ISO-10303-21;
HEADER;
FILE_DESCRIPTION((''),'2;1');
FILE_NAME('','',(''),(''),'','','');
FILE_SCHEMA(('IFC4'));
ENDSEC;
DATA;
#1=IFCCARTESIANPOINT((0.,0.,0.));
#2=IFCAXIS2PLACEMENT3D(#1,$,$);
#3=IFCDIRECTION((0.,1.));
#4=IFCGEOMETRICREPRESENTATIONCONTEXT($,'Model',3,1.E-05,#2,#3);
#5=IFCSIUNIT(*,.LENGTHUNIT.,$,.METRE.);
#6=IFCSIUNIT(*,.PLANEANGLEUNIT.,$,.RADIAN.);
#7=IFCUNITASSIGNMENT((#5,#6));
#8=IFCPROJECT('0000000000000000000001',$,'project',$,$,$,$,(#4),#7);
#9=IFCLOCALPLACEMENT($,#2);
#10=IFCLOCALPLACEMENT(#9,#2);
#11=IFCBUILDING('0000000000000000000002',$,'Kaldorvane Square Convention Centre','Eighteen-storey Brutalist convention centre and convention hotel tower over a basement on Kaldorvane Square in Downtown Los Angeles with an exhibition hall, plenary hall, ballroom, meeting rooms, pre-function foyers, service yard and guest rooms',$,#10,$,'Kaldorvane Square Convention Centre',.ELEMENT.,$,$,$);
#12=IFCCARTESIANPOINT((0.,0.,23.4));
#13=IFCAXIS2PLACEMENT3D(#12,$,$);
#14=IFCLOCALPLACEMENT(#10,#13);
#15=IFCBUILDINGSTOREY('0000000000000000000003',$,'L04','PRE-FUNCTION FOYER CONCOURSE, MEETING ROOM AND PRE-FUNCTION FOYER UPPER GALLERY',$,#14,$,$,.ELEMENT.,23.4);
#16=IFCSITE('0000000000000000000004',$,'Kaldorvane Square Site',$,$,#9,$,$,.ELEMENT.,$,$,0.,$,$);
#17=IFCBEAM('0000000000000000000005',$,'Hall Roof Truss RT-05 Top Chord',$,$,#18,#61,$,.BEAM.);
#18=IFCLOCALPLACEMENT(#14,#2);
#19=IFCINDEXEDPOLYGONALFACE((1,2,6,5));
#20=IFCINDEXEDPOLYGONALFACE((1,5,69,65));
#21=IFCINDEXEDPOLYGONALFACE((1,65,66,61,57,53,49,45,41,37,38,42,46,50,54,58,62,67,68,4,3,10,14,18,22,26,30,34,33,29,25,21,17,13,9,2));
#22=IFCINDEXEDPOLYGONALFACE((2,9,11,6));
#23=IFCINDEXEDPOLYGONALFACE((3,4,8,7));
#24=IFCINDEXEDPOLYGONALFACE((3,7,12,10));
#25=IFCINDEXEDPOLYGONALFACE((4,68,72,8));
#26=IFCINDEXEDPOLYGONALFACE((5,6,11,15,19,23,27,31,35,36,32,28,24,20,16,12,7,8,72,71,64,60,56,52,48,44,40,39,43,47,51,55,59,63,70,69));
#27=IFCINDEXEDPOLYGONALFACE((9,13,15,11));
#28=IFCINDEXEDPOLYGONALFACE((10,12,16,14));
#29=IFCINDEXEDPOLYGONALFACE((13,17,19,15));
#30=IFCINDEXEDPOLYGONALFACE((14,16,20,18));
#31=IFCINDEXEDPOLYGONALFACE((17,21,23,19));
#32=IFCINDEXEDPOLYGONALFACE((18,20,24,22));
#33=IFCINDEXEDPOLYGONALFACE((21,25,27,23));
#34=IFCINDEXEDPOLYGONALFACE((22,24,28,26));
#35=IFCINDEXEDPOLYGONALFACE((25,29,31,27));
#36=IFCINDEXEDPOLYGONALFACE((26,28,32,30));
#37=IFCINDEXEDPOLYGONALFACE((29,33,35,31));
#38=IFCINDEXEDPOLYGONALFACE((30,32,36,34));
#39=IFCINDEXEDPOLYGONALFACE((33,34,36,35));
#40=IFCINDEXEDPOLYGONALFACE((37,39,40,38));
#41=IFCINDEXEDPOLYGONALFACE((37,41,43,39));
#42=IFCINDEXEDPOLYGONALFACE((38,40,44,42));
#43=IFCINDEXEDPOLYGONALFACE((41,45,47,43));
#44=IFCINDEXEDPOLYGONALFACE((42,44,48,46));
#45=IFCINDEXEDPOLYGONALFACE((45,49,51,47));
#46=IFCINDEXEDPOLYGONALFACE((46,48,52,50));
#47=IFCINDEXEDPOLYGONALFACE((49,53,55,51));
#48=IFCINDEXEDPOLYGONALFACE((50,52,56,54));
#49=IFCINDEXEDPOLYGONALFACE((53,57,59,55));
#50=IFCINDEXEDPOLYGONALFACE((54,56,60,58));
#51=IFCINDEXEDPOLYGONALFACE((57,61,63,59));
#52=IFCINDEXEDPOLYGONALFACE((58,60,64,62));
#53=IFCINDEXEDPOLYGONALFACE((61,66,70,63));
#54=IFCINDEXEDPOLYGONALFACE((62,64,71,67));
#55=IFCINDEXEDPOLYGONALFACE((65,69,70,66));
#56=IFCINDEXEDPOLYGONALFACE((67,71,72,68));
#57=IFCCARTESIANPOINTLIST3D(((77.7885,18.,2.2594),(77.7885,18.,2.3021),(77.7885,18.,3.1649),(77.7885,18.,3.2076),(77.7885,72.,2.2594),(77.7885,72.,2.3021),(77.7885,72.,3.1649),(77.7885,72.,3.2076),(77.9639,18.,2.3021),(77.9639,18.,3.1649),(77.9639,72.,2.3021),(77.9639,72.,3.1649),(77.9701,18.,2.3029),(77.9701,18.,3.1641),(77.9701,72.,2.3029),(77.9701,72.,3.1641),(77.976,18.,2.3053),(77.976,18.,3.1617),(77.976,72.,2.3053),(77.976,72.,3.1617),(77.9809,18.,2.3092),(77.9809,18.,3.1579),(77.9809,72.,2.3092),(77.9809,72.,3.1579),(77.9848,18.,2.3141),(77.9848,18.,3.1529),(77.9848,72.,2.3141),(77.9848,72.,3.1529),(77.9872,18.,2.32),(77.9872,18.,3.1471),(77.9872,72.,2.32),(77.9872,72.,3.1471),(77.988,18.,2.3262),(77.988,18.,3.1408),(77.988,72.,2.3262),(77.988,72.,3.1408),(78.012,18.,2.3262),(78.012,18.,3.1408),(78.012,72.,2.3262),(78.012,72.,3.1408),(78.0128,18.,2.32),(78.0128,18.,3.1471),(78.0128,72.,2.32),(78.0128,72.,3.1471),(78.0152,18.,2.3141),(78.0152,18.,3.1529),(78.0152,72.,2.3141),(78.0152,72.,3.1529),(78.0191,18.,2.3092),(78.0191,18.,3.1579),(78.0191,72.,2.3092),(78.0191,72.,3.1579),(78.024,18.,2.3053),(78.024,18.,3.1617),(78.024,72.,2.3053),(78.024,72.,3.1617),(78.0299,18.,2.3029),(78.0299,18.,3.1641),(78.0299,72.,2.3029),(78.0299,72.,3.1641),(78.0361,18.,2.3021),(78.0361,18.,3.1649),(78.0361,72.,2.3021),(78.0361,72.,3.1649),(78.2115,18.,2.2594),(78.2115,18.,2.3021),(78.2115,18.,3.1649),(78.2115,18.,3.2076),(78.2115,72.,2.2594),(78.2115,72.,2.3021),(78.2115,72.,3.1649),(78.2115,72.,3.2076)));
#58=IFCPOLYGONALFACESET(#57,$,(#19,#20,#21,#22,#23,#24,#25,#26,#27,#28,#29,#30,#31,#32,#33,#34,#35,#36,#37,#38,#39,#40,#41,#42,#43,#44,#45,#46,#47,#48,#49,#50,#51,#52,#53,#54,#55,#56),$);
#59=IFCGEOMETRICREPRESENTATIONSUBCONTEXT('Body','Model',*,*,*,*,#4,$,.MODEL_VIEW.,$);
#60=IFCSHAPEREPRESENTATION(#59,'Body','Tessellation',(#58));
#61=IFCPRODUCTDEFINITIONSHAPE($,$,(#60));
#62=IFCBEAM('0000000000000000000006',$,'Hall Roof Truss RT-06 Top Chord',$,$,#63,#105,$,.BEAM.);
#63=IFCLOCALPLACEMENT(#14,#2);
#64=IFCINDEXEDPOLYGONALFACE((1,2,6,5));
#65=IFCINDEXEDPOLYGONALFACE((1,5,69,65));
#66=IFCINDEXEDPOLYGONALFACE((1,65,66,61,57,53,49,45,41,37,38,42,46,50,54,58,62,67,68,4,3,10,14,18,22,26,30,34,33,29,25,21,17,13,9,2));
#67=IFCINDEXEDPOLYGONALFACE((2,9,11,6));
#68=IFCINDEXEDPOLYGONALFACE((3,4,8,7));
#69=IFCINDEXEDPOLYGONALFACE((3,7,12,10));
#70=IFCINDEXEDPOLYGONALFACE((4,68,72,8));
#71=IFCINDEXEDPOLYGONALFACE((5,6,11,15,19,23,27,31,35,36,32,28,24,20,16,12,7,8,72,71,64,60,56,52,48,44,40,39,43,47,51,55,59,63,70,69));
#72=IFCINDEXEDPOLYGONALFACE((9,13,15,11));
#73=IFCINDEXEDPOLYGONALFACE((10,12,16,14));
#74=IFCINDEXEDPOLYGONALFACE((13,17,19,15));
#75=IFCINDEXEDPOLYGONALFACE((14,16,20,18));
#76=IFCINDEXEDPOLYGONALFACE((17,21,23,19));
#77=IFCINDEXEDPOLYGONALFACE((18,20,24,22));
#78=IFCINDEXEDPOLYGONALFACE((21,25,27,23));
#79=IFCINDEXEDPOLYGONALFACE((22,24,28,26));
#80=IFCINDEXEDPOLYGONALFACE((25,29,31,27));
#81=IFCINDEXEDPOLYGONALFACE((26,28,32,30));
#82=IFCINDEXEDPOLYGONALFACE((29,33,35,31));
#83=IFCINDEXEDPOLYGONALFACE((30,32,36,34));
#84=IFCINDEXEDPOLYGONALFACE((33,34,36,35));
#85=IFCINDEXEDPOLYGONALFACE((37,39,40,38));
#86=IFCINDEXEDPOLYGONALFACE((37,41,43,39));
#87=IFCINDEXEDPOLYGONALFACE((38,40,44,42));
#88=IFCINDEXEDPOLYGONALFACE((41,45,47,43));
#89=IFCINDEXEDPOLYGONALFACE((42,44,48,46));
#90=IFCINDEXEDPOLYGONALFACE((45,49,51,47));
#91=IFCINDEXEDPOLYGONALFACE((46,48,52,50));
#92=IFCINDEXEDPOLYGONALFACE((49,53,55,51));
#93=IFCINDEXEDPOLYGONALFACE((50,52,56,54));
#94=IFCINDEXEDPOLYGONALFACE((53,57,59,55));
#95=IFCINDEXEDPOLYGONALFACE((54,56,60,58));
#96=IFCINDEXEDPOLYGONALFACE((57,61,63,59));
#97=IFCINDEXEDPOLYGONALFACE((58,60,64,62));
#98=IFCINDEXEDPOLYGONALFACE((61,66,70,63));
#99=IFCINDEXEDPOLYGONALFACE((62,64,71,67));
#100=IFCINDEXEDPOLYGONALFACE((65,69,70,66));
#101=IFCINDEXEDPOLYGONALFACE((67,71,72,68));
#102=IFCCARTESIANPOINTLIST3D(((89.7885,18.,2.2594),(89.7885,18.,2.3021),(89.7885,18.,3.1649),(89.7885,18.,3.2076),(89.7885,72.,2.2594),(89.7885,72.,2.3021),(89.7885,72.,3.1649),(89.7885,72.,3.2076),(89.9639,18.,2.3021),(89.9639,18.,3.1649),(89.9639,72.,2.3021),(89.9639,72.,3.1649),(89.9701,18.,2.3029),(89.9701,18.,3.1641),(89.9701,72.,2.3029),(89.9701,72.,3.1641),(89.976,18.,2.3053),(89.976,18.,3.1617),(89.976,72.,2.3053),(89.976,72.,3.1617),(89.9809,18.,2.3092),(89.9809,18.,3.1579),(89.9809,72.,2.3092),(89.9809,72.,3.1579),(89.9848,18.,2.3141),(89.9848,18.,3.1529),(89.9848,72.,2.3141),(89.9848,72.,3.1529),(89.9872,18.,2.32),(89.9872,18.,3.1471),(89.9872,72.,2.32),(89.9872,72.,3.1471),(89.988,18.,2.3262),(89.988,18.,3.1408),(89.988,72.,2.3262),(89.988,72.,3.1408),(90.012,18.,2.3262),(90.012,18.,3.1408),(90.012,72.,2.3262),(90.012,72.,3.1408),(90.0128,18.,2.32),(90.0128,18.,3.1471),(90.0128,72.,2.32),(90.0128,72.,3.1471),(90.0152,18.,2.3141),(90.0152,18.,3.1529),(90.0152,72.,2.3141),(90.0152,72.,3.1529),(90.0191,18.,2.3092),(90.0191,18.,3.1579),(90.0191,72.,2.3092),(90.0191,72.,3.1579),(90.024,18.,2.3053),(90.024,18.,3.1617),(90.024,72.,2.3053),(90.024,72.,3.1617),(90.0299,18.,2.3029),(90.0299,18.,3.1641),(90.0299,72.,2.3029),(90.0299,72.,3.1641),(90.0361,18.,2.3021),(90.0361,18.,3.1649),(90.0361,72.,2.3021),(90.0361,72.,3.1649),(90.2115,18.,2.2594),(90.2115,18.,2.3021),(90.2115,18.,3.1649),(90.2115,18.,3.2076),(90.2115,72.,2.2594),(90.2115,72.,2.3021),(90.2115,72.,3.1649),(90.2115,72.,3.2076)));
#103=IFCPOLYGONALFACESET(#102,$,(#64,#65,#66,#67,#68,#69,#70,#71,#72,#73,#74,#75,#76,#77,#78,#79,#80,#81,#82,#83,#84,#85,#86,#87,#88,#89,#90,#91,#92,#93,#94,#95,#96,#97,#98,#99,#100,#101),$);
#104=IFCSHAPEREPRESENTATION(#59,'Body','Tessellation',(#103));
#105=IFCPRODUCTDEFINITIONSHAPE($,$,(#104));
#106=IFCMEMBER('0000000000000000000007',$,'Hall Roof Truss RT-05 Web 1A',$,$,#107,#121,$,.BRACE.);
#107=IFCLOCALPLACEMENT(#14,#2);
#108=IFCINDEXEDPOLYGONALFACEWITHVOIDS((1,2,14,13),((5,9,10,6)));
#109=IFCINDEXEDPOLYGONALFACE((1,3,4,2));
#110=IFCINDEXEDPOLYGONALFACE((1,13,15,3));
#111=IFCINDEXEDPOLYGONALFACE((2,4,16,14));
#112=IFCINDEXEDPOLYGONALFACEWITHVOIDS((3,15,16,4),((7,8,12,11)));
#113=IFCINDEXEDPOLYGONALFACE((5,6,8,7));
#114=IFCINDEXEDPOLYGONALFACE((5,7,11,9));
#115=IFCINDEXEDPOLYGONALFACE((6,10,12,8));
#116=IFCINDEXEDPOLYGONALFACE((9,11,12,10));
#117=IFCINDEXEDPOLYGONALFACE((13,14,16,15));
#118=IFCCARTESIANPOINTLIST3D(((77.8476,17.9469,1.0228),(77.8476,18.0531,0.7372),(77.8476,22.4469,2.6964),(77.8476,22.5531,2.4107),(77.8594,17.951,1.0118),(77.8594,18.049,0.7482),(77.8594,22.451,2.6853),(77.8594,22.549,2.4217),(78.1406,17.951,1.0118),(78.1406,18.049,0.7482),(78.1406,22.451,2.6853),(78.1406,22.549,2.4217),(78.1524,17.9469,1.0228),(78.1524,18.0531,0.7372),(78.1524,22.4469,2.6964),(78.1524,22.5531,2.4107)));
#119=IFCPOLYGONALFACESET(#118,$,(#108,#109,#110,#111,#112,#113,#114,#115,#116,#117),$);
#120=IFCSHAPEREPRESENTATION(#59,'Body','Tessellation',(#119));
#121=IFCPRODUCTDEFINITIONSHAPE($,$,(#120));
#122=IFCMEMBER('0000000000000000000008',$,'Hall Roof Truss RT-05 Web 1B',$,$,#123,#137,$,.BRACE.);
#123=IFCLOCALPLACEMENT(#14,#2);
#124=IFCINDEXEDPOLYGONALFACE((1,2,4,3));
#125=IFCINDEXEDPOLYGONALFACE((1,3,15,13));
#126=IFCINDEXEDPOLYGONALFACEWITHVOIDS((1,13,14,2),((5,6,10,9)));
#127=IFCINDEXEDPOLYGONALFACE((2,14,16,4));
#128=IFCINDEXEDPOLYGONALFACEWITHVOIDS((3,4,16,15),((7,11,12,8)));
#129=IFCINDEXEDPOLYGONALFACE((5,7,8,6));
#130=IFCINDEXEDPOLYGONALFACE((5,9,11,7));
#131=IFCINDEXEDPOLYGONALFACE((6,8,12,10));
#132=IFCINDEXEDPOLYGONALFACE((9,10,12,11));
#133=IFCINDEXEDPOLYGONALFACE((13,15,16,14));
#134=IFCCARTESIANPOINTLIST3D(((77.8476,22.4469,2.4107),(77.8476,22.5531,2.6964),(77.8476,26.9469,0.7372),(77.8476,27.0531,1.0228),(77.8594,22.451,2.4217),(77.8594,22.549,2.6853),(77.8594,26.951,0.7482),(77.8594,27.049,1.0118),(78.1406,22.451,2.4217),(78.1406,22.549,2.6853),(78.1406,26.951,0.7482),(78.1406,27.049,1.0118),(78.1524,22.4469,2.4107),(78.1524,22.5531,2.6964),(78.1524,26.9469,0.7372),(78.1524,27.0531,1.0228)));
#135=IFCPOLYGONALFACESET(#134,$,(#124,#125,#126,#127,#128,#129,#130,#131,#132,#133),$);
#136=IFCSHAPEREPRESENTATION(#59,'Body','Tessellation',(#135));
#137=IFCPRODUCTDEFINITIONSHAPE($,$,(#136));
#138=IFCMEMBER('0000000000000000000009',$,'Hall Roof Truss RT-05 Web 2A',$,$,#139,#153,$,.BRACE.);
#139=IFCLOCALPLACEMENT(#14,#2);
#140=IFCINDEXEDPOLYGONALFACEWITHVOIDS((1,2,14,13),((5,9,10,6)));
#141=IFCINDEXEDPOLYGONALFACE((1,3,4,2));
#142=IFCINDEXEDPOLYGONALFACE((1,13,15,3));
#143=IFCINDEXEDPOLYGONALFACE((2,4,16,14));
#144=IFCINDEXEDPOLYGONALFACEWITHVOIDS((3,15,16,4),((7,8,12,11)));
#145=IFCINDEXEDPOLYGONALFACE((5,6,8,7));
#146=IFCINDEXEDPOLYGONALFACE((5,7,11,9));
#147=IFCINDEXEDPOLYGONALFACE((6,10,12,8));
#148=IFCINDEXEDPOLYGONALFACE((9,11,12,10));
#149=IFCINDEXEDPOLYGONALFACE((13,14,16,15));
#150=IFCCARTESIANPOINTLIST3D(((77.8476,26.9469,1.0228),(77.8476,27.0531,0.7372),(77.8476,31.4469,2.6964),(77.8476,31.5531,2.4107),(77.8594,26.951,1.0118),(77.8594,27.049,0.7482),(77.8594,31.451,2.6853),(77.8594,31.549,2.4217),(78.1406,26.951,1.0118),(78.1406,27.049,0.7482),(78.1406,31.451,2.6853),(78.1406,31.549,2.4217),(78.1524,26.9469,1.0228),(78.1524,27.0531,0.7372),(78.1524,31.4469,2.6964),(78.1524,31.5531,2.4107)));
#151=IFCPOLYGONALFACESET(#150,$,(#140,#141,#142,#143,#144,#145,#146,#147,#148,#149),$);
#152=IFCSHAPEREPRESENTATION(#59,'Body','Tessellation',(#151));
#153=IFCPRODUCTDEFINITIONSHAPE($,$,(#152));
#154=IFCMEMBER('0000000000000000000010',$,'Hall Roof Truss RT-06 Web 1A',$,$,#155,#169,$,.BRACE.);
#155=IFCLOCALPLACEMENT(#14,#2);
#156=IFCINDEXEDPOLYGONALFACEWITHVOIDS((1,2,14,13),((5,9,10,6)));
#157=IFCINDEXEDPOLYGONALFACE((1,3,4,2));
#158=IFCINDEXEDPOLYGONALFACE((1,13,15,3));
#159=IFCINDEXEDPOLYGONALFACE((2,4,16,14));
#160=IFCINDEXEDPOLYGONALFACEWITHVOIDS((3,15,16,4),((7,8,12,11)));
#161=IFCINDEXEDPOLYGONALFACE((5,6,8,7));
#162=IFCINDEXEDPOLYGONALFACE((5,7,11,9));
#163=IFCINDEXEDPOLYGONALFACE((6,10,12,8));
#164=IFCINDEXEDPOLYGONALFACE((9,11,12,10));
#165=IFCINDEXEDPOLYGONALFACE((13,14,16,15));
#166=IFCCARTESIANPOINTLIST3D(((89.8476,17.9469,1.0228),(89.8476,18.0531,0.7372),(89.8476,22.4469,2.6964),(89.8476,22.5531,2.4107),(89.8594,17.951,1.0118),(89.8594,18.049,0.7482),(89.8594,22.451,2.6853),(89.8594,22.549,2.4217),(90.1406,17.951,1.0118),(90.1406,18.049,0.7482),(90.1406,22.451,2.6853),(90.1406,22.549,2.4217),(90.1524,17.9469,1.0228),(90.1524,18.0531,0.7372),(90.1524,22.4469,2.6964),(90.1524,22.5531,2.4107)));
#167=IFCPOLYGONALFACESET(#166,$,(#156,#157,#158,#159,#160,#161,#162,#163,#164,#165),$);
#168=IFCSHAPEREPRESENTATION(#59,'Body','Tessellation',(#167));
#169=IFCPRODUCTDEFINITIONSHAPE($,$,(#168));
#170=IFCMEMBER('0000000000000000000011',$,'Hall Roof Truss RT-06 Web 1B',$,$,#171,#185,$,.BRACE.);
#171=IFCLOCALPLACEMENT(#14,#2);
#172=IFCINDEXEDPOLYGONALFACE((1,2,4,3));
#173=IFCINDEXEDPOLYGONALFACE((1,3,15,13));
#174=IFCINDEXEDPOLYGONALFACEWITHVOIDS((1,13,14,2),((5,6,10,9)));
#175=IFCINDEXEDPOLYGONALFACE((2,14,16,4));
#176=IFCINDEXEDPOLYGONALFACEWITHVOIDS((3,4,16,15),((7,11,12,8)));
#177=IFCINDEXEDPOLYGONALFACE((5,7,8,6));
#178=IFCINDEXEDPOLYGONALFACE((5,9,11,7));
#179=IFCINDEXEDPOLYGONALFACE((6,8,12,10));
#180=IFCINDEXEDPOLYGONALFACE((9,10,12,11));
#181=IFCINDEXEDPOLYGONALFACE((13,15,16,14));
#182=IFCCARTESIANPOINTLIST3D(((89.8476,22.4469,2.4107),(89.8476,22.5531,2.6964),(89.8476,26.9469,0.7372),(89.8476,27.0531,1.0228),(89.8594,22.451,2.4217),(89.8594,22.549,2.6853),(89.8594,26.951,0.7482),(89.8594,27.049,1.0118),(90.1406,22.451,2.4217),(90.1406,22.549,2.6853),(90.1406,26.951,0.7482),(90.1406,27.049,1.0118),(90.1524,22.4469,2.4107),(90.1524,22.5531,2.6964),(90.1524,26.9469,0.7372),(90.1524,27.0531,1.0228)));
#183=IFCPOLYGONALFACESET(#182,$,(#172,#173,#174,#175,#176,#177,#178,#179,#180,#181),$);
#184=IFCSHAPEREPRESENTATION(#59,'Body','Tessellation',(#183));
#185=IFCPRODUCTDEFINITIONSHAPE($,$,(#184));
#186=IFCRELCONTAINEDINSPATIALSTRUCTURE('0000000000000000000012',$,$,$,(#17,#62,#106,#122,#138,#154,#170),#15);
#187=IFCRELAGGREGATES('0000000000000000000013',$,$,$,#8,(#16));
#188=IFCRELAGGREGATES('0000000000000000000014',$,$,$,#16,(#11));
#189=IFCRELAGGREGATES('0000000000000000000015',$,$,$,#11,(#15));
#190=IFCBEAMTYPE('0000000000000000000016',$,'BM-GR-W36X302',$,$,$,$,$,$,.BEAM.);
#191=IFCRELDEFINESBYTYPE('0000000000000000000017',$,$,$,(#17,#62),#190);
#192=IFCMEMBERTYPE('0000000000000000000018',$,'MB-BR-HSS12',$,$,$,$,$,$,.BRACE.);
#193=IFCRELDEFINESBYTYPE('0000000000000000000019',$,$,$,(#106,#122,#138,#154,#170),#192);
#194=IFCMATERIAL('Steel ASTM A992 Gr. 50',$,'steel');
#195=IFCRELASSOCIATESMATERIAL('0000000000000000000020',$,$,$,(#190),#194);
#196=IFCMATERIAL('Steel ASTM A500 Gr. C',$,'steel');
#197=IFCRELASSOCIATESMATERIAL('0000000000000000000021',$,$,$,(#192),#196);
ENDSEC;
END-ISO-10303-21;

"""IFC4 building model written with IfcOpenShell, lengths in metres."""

from ifc_helpers import new_model, si_unit, direction, frame, origin, origin_2d, place, context, subcontext, project, spatial, hollow_rectangle, i_section, extrude, material, material_profile, profile_set, type_object, element, save


model = new_model("IFC4")

# Units and contexts
model_context = context("Model", 3, precision=1e-05, world=origin(), true_north=direction((0.0, 1.0)))
body_context = subcontext(model_context, "Body", "Model", "MODEL_VIEW")
ifc_project = project(units=[si_unit("LENGTHUNIT", "METRE"), si_unit("PLANEANGLEUNIT", "RADIAN")], contexts=[model_context])

# Site, building, storey
site_placement = place(None, origin())
site = spatial("IfcSite", under=ifc_project, at=site_placement, Name="Kaldorvane Square Site", CompositionType="ELEMENT", RefElevation=0.0)
building_placement = place(site_placement, origin())
building = spatial("IfcBuilding", under=site, at=building_placement, Name="Kaldorvane Square Convention Centre", Description="Eighteen-storey Brutalist convention centre and convention hotel tower over a basement on Kaldorvane Square in Downtown Los Angeles with an exhibition hall, plenary hall, ballroom, meeting rooms, pre-function foyers, service yard and guest rooms", LongName="Kaldorvane Square Convention Centre", CompositionType="ELEMENT")
storey_placement = place(building_placement, frame((0.0, 0.0, 23.4)))
storey = spatial("IfcBuildingStorey", under=building, at=storey_placement, Name="L04", Description="PRE-FUNCTION FOYER CONCOURSE, MEETING ROOM AND PRE-FUNCTION FOYER UPPER GALLERY", CompositionType="ELEMENT", Elevation=23.4)

# Beams
ifc_material_1 = material(Name="Steel ASTM A992 Gr. 50", Category="steel")
ifc_material_profile_1 = material_profile(ifc_material_1, i_section(OverallWidth=0.423, OverallDepth=0.9482, WebThickness=0.024, FlangeThickness=0.0427, FilletRadius=0.0241, at=origin_2d()), Name="W36X302")
ifc_profile_set_1 = profile_set([ifc_material_profile_1], Name="Steel ASTM A992 Gr. 50")
beam_type_1 = type_object("IfcBeamType", Name="BM-GR-W36X302", PredefinedType="BEAM", material=ifc_profile_set_1)
for number, where, z_axis, x_axis, name in (
    (1, (78.0, 18.0, 2.7335), (0.0, 1.0, 0.0), (-1.0, 0.0, 0.0), "Hall Roof Truss RT-05 Top Chord"),
    (2, (90.0, 18.0, 2.7335), (0.0, 1.0, 0.0), (-1.0, 0.0, 0.0), "Hall Roof Truss RT-06 Top Chord"),
):
    element("IfcBeam", number, at=place(storey_placement, frame(where, z_axis=z_axis, x_axis=x_axis)), inside=storey, type_object=beam_type_1, Name=name, PredefinedType="BEAM", context=body_context, shape_type="SweptSolid", body=[
        extrude(i_section(OverallWidth=0.423, OverallDepth=0.9482, WebThickness=0.024, FlangeThickness=0.0427, FilletRadius=0.0241, at=origin_2d()), origin(), (0.0, 0.0, 1.0), 54.0),
    ])

# Members
ifc_material_2 = material(Name="Steel ASTM A500 Gr. C", Category="steel")
ifc_material_profile_2 = material_profile(ifc_material_2, hollow_rectangle(XDim=0.3048, YDim=0.3048, WallThickness=0.0118, at=origin_2d()), Name="HSS12X12X1/2")
ifc_profile_set_2 = profile_set([ifc_material_profile_2], Name="Steel ASTM A500 Gr. C")
member_type_1 = type_object("IfcMemberType", Name="MB-BR-HSS12", PredefinedType="BRACE", material=ifc_profile_set_2)
for number, where, z_axis, x_axis, name in (
    (3, (78.0, 18.0, 0.88), (0.0, 0.937284, 0.348567), (-1.0, 0.0, 0.0), "Hall Roof Truss RT-05 Web 1A"),
    (4, (78.0, 22.5, 2.5535), (0.0, 0.937284, -0.348567), (-1.0, 0.0, 0.0), "Hall Roof Truss RT-05 Web 1B"),
    (5, (78.0, 27.0, 0.88), (0.0, 0.937284, 0.348567), (-1.0, 0.0, 0.0), "Hall Roof Truss RT-05 Web 2A"),
    (6, (90.0, 18.0, 0.88), (0.0, 0.937284, 0.348567), (-1.0, 0.0, 0.0), "Hall Roof Truss RT-06 Web 1A"),
    (7, (90.0, 22.5, 2.5535), (0.0, 0.937284, -0.348567), (-1.0, 0.0, 0.0), "Hall Roof Truss RT-06 Web 1B"),
):
    element("IfcMember", number, at=place(storey_placement, frame(where, z_axis=z_axis, x_axis=x_axis)), inside=storey, type_object=member_type_1, Name=name, PredefinedType="BRACE", context=body_context, shape_type="SweptSolid", body=[
        extrude(hollow_rectangle(XDim=0.3048, YDim=0.3048, WallThickness=0.0118, at=origin_2d()), origin(), (0.0, 0.0, 1.0), 4.8011),
    ])

save(model, "model.ifc")
